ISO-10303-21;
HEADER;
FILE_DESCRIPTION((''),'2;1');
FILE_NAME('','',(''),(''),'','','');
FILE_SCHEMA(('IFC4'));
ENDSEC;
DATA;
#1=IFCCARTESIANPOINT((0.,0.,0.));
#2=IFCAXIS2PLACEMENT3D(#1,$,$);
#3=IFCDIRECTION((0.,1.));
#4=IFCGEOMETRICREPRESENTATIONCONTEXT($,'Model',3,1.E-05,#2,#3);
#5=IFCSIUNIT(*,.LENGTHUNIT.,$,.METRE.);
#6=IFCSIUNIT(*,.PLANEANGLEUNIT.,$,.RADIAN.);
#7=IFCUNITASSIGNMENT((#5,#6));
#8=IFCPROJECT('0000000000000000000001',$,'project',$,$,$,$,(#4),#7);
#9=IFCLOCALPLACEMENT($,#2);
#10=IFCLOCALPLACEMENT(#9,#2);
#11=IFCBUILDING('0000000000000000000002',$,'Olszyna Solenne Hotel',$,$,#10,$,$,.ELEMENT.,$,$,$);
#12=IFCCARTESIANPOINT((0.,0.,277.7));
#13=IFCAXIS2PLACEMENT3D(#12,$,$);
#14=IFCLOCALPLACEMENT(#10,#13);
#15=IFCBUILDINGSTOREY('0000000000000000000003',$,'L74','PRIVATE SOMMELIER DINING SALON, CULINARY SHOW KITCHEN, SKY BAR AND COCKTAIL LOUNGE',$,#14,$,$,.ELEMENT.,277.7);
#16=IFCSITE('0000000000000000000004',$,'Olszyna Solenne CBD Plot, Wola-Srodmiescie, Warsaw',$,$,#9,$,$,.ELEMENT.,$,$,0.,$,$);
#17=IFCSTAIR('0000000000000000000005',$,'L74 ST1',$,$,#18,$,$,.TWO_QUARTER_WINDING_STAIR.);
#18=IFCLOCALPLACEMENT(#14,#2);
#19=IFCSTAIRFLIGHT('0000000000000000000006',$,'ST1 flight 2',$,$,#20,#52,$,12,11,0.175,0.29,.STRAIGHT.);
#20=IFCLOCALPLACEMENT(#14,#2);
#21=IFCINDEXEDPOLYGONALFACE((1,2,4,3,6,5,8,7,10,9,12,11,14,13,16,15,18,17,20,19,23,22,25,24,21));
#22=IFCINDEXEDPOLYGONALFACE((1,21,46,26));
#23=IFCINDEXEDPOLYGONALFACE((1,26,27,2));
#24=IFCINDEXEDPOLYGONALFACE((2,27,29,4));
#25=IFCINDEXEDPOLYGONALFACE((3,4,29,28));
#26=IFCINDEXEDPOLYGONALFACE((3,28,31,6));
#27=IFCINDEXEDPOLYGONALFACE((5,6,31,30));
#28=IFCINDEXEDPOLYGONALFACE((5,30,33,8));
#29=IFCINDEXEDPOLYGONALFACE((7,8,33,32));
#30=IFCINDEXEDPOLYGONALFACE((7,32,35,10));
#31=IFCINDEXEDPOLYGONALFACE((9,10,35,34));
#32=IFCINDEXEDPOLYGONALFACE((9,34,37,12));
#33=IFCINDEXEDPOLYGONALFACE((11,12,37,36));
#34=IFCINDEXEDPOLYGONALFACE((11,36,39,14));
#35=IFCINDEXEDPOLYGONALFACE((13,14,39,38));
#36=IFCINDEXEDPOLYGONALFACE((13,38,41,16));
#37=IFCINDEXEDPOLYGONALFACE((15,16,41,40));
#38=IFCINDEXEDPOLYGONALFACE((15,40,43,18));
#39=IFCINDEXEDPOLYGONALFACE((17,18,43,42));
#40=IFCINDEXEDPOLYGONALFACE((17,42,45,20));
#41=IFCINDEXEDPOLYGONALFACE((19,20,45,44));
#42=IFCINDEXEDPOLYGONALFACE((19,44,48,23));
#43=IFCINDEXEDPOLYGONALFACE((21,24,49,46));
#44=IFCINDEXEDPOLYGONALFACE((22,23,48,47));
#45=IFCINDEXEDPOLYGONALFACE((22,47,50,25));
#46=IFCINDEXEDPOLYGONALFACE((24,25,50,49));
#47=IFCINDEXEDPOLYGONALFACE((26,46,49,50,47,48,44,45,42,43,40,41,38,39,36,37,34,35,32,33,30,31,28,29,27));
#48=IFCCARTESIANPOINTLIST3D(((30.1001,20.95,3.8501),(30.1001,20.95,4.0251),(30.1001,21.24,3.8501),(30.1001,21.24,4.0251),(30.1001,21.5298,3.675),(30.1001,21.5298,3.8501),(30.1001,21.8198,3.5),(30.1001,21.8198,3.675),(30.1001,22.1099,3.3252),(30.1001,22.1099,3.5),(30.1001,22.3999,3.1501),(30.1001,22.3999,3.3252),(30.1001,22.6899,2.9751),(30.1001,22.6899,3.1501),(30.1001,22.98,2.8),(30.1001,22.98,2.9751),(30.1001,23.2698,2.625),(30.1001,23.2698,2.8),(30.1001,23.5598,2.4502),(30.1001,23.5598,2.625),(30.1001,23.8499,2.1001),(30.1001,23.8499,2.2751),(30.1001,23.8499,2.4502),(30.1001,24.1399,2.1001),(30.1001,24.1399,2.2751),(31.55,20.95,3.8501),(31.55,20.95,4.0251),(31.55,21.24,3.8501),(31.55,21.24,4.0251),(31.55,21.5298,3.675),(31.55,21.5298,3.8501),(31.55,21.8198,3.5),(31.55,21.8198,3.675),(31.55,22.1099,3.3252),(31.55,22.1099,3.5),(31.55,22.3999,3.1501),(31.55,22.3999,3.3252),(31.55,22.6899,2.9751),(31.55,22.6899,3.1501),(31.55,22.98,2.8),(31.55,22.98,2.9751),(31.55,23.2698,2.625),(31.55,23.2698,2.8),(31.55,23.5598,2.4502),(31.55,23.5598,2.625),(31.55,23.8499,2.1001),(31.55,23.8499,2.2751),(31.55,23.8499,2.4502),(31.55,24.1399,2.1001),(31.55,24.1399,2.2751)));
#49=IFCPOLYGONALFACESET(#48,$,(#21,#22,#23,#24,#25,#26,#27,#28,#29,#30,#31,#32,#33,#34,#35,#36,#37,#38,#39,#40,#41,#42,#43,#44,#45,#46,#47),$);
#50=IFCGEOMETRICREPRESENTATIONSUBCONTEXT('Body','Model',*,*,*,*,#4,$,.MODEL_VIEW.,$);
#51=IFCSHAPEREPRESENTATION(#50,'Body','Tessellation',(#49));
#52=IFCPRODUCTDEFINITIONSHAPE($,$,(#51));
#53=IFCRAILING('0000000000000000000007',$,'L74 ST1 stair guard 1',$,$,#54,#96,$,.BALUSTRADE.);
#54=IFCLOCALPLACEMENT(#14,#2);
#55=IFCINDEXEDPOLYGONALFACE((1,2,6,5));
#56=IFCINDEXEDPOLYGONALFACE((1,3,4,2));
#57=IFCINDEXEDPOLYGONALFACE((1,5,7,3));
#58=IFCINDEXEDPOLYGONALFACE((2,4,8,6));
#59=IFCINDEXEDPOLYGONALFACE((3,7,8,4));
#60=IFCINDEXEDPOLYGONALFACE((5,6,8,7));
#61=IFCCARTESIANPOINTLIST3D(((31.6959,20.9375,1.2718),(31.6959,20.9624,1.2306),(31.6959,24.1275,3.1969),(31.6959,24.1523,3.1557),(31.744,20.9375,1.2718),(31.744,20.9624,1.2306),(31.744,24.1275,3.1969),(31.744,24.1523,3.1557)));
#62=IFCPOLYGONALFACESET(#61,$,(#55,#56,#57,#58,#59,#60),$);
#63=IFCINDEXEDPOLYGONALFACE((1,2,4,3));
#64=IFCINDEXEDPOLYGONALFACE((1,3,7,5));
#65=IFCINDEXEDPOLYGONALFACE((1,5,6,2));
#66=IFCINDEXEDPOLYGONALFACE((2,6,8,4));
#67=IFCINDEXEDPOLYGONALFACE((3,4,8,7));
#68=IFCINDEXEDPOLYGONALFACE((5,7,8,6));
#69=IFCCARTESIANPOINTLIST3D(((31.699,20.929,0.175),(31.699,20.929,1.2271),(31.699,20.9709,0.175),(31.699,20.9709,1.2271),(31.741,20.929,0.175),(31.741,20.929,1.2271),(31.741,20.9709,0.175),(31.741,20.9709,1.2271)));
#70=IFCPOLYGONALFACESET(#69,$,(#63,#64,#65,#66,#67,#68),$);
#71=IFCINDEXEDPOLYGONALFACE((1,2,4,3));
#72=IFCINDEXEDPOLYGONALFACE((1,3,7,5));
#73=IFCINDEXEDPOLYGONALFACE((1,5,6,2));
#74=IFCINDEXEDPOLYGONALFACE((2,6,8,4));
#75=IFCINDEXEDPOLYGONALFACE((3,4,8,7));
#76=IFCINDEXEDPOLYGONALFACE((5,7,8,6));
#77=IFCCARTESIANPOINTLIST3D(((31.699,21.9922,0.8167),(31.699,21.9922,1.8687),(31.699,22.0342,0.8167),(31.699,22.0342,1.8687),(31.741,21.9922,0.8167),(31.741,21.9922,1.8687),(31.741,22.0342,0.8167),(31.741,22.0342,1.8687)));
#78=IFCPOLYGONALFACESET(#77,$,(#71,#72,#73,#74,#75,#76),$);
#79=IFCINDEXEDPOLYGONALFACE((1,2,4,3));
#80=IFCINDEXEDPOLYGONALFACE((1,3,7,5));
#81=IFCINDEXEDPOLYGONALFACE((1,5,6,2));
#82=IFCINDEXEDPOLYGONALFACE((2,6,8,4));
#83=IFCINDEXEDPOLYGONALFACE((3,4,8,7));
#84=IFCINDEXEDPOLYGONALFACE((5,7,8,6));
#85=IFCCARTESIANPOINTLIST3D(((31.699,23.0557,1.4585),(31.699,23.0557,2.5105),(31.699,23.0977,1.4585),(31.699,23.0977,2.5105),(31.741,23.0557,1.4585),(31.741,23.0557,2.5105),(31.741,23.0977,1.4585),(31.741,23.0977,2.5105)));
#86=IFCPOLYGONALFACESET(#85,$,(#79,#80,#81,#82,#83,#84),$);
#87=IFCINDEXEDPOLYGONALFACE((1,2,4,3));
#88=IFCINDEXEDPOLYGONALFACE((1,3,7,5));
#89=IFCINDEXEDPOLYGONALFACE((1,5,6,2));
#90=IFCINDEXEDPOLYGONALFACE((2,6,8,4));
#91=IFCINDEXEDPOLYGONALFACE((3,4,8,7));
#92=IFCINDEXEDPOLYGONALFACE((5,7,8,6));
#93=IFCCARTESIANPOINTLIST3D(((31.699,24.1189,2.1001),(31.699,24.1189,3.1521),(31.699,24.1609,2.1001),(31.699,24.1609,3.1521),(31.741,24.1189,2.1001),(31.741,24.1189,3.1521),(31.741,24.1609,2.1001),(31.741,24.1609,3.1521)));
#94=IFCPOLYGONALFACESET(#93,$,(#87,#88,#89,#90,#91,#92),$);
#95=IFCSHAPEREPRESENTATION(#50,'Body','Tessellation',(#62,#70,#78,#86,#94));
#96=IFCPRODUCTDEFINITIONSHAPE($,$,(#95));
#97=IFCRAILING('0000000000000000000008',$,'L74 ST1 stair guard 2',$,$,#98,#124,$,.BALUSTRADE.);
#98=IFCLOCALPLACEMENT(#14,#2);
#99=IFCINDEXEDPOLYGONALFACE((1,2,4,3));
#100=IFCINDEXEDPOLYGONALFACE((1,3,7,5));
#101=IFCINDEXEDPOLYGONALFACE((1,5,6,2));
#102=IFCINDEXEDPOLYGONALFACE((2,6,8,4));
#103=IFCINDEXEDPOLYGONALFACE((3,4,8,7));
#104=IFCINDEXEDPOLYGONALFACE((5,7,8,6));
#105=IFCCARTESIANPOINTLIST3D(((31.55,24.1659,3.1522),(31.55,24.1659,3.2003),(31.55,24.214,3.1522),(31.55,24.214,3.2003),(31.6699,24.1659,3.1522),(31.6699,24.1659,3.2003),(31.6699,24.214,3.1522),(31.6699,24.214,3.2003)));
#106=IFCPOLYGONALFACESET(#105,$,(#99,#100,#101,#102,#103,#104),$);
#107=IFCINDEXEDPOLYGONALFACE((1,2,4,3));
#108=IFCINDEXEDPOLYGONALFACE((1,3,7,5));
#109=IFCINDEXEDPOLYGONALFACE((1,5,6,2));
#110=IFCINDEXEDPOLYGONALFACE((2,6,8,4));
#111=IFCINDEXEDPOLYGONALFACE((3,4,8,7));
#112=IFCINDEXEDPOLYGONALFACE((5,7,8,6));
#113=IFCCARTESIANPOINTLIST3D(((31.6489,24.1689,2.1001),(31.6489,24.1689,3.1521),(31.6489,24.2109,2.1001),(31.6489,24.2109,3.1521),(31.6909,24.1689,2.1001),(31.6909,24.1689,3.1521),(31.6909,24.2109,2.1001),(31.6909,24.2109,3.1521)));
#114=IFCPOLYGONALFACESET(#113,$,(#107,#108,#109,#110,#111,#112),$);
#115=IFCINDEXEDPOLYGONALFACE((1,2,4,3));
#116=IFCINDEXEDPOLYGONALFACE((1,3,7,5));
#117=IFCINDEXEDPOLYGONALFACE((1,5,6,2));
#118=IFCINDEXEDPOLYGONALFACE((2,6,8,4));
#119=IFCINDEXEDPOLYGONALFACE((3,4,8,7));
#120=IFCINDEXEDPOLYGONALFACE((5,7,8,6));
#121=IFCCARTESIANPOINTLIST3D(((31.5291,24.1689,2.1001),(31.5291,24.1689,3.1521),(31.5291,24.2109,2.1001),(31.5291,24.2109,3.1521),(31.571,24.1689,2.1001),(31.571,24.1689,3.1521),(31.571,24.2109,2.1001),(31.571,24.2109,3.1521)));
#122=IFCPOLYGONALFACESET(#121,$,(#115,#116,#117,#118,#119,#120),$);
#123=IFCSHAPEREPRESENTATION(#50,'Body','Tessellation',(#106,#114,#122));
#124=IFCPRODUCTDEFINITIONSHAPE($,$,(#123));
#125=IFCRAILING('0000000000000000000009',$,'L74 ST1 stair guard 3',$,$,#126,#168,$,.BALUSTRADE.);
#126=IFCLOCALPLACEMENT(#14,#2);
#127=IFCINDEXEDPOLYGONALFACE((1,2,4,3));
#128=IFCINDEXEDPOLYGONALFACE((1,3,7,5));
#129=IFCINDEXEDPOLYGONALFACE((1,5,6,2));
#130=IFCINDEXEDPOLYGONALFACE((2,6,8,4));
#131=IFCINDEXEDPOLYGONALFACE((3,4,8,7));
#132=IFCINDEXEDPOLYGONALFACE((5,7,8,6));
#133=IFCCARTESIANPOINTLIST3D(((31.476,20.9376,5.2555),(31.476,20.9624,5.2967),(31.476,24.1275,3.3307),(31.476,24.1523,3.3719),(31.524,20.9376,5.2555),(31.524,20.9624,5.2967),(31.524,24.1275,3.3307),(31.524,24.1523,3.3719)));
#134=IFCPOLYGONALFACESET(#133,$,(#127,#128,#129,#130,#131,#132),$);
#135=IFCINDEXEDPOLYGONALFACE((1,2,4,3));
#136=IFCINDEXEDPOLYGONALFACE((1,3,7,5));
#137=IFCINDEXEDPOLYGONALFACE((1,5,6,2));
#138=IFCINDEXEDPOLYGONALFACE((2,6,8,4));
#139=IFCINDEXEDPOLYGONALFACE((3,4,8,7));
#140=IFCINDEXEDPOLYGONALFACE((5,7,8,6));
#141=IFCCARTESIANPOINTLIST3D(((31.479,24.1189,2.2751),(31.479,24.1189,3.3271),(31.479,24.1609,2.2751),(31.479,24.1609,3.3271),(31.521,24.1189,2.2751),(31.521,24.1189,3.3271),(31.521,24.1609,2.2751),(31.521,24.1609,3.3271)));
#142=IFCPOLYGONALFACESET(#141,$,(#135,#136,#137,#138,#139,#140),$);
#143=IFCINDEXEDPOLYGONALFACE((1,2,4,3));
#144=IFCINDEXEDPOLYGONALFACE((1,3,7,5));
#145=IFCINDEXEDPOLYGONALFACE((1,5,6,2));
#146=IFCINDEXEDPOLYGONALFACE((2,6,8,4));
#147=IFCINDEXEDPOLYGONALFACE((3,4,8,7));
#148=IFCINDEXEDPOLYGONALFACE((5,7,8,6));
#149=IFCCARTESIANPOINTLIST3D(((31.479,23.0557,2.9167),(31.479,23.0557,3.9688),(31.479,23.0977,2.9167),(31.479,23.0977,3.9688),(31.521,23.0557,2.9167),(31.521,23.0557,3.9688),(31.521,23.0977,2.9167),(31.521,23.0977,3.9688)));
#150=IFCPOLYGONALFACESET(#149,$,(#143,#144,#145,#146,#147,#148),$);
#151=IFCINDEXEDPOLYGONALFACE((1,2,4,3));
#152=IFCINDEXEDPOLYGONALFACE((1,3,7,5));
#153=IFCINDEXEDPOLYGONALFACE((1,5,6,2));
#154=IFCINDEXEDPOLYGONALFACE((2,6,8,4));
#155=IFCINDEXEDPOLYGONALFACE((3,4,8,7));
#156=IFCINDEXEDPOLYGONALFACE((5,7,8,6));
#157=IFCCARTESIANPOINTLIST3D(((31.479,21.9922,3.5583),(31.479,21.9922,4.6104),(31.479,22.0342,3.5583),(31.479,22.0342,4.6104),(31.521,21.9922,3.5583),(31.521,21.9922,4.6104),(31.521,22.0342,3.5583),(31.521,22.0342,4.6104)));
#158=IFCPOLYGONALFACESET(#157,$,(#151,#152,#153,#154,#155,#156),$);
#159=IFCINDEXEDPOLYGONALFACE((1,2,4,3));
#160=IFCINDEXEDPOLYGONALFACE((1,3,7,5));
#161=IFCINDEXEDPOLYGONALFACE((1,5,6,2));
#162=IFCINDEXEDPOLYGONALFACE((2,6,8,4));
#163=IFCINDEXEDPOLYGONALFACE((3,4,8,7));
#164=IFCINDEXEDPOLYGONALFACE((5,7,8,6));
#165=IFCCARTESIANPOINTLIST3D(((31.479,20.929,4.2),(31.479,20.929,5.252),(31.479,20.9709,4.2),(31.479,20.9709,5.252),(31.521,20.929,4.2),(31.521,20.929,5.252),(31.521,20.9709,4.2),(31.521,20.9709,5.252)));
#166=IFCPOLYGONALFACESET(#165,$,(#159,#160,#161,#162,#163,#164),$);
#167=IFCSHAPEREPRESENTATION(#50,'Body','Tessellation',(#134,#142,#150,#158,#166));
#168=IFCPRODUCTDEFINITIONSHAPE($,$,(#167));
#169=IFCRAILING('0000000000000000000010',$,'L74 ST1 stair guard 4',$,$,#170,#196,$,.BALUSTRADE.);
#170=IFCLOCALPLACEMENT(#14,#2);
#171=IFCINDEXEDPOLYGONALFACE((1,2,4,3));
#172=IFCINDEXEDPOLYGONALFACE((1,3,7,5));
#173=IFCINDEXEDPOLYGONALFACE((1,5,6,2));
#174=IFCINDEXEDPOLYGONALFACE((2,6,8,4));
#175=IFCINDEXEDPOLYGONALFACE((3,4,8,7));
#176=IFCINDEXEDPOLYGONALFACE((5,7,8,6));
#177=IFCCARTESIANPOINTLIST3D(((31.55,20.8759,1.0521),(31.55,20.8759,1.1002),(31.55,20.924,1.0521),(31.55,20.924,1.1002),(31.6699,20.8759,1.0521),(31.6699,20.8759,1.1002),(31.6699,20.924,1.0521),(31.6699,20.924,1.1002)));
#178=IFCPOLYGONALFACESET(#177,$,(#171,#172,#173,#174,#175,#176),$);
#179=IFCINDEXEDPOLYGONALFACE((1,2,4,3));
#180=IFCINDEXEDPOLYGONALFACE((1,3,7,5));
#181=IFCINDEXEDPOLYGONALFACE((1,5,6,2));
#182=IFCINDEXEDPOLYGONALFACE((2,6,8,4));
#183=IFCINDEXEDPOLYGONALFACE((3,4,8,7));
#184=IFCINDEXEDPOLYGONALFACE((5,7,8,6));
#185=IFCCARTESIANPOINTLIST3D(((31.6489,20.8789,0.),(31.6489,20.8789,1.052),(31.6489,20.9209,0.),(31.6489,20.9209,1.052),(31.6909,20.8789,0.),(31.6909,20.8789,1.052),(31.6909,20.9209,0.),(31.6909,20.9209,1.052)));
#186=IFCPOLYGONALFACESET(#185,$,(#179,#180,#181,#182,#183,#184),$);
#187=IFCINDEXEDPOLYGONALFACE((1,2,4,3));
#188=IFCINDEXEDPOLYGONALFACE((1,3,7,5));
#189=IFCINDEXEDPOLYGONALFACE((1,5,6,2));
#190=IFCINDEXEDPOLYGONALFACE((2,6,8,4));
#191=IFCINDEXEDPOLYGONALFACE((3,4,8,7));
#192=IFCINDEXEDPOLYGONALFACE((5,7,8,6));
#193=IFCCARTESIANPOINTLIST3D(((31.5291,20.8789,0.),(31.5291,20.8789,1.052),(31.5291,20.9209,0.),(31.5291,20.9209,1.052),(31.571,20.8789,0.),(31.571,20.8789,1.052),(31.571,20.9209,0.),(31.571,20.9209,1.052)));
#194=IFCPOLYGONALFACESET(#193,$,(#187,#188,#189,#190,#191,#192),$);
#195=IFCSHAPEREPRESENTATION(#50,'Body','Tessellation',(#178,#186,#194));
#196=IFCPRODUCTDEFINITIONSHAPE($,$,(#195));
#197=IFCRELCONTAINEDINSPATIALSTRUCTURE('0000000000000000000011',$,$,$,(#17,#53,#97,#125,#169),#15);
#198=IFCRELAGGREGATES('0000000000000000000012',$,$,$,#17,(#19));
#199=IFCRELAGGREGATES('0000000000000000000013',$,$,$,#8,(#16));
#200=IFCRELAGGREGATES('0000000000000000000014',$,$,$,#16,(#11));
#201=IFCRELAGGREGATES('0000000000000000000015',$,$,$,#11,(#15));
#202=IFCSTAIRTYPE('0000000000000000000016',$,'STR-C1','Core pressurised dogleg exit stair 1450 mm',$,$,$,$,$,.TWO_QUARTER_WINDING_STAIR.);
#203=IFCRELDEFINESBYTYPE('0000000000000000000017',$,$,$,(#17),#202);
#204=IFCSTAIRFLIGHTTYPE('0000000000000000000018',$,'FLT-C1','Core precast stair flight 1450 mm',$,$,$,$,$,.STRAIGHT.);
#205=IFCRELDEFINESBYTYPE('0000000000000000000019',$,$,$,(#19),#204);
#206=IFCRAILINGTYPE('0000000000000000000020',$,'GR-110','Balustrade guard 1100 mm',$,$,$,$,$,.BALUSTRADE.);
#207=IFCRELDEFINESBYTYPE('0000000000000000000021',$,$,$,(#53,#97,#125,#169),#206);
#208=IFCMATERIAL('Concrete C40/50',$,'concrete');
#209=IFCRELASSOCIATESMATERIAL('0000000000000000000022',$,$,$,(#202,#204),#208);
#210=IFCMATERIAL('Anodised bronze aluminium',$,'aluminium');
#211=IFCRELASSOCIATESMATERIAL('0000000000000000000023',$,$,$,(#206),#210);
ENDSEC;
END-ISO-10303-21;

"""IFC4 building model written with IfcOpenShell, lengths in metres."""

from ifc_helpers import new_model, si_unit, direction, frame, origin, origin_2d, place, context, subcontext, project, spatial, polyline, rectangle, outline, extrude, material, type_object, element, aggregate, save


model = new_model("IFC4")

# Units and contexts
model_context = context("Model", 3, precision=1e-05, world=origin(), true_north=direction((0.0, 1.0)))
body_context = subcontext(model_context, "Body", "Model", "MODEL_VIEW")
ifc_project = project(units=[si_unit("LENGTHUNIT", "METRE"), si_unit("PLANEANGLEUNIT", "RADIAN")], contexts=[model_context])

# Site, building, storey
site_placement = place(None, origin())
site = spatial("IfcSite", under=ifc_project, at=site_placement, Name="Olszyna Solenne CBD Plot, Wola-Srodmiescie, Warsaw", CompositionType="ELEMENT", RefElevation=0.0)
building_placement = place(site_placement, origin())
building = spatial("IfcBuilding", under=site, at=building_placement, Name="Olszyna Solenne Hotel", CompositionType="ELEMENT")
storey_placement = place(building_placement, frame((0.0, 0.0, 277.7)))
storey = spatial("IfcBuildingStorey", under=building, at=storey_placement, Name="L74", Description="PRIVATE SOMMELIER DINING SALON, CULINARY SHOW KITCHEN, SKY BAR AND COCKTAIL LOUNGE", CompositionType="ELEMENT", Elevation=277.7)

# Stair, stair flight
ifc_material_1 = material(Name="Concrete C40/50", Category="concrete")
stair_type = type_object("IfcStairType", Name="STR-C1", Description="Core pressurised dogleg exit stair 1450 mm", PredefinedType="TWO_QUARTER_WINDING_STAIR", material=ifc_material_1)
stair_placement = place(storey_placement, origin())
stair = element("IfcStair", 1, at=stair_placement, inside=storey, type_object=stair_type, Name="L74 ST1", PredefinedType="TWO_QUARTER_WINDING_STAIR")
stair_flight_type = type_object("IfcStairFlightType", Name="FLT-C1", Description="Core precast stair flight 1450 mm", PredefinedType="STRAIGHT", material=ifc_material_1)
stair_flight_1_placement = place(storey_placement, frame((30.825, 24.1399, 2.1001), z_axis=(0.0, 0.0, 1.0), x_axis=(0.0, -1.0, 0.0)))
stair_flight_1 = element("IfcStairFlight", 2, at=stair_flight_1_placement, type_object=stair_flight_type, Name="ST1 flight 2", NumberOfRisers=12, NumberOfTreads=11, PredefinedType="STRAIGHT", RiserHeight=0.175, TreadLength=0.29, context=body_context, shape_type="SweptSolid", body=[
    extrude(outline(polyline([(0.0, 0.0), (0.0, 0.175), (0.29, 0.175), (0.29, 0.3501), (0.5801, 0.3501), (0.5801, 0.5249), (0.8701, 0.5249), (0.8701, 0.7), (1.1599, 0.7), (1.1599, 0.875), (1.45, 0.875), (1.45, 1.05), (1.74, 1.05), (1.74, 1.2251), (2.03, 1.2251), (2.03, 1.3999), (2.3201, 1.3999), (2.3201, 1.575), (2.6101, 1.575), (2.6101, 1.75), (2.8999, 1.75), (2.8999, 1.925), (3.1899, 1.925), (3.1899, 2.1001), (3.1899, 1.75), (0.29, 0.0), (0.0, 0.0)])), frame((0.0, 0.7251, 0.0), z_axis=(0.0, -1.0, 0.0), x_axis=(1.0, 0.0, 0.0)), (0.0, 0.0, 1.0), 1.45),
])
aggregate(stair, [stair_flight_1])

# Railings
ifc_material_2 = material(Name="Anodised bronze aluminium", Category="aluminium")
railing_type_1 = type_object("IfcRailingType", Name="GR-110", Description="Balustrade guard 1100 mm", PredefinedType="BALUSTRADE", material=ifc_material_2)
railing_1_placement = place(storey_placement, frame((31.72, 20.95, 0.175)))
element("IfcRailing", 3, at=railing_1_placement, inside=storey, type_object=railing_type_1, Name="L74 ST1 stair guard 1", PredefinedType="BALUSTRADE", context=body_context, shape_type="SweptSolid", body=[
    extrude(rectangle(XDim=0.0481, YDim=0.0481, at=origin_2d()), frame((0.0, 0.0, 1.0762), z_axis=(0.0, 0.856178, 0.516682), x_axis=(-1.0, 0.0, 0.0)), (0.0, 0.0, 1.0), 3.7258),
    extrude(rectangle(XDim=0.042, YDim=0.042, at=origin_2d()), origin(), (0.0, 0.0, 1.0), 1.052),
    extrude(rectangle(XDim=0.042, YDim=0.042, at=origin_2d()), frame((0.0, 1.0632, 0.6416)), (0.0, 0.0, 1.0), 1.052),
    extrude(rectangle(XDim=0.042, YDim=0.042, at=origin_2d()), frame((0.0, 2.1267, 1.2834)), (0.0, 0.0, 1.0), 1.052),
    extrude(rectangle(XDim=0.042, YDim=0.042, at=origin_2d()), frame((0.0, 3.1899, 1.925)), (0.0, 0.0, 1.0), 1.052),
])
railing_2_placement = place(storey_placement, frame((31.6699, 24.1899, 2.1001)))
element("IfcRailing", 4, at=railing_2_placement, inside=storey, type_object=railing_type_1, Name="L74 ST1 stair guard 2", PredefinedType="BALUSTRADE", context=body_context, shape_type="SweptSolid", body=[
    extrude(rectangle(XDim=0.0481, YDim=0.0481, at=origin_2d()), frame((0.0, 0.0, 1.0762), z_axis=(-1.0, 0.0, 0.0), x_axis=(0.0, -1.0, 0.0)), (0.0, 0.0, 1.0), 0.1199),
    extrude(rectangle(XDim=0.042, YDim=0.042, at=origin_2d()), origin(), (0.0, 0.0, 1.0), 1.052),
    extrude(rectangle(XDim=0.042, YDim=0.042, at=origin_2d()), frame((-0.1199, 0.0, 0.0)), (0.0, 0.0, 1.0), 1.052),
])
railing_3_placement = place(storey_placement, frame((31.5, 24.1399, 2.2751)))
element("IfcRailing", 5, at=railing_3_placement, inside=storey, type_object=railing_type_1, Name="L74 ST1 stair guard 3", PredefinedType="BALUSTRADE", context=body_context, shape_type="SweptSolid", body=[
    extrude(rectangle(XDim=0.0481, YDim=0.0481, at=origin_2d()), frame((0.0, 0.0, 1.0762), z_axis=(0.0, -0.856207, 0.516633), x_axis=(1.0, 0.0, 0.0)), (0.0, 0.0, 1.0), 3.7256),
    extrude(rectangle(XDim=0.042, YDim=0.042, at=origin_2d()), origin(), (0.0, 0.0, 1.0), 1.052),
    extrude(rectangle(XDim=0.042, YDim=0.042, at=origin_2d()), frame((0.0, -1.0632, 0.6416)), (0.0, 0.0, 1.0), 1.052),
    extrude(rectangle(XDim=0.042, YDim=0.042, at=origin_2d()), frame((0.0, -2.1267, 1.2832)), (0.0, 0.0, 1.0), 1.052),
    extrude(rectangle(XDim=0.042, YDim=0.042, at=origin_2d()), frame((0.0, -3.1899, 1.9248)), (0.0, 0.0, 1.0), 1.052),
])
railing_4_placement = place(storey_placement, frame((31.6699, 20.8999, 0.0)))
element("IfcRailing", 6, at=railing_4_placement, inside=storey, type_object=railing_type_1, Name="L74 ST1 stair guard 4", PredefinedType="BALUSTRADE", context=body_context, shape_type="SweptSolid", body=[
    extrude(rectangle(XDim=0.0481, YDim=0.0481, at=origin_2d()), frame((0.0, 0.0, 1.0762), z_axis=(-1.0, 0.0, 0.0), x_axis=(0.0, -1.0, 0.0)), (0.0, 0.0, 1.0), 0.1199),
    extrude(rectangle(XDim=0.042, YDim=0.042, at=origin_2d()), origin(), (0.0, 0.0, 1.0), 1.052),
    extrude(rectangle(XDim=0.042, YDim=0.042, at=origin_2d()), frame((-0.1199, 0.0, 0.0)), (0.0, 0.0, 1.0), 1.052),
])

save(model, "model.ifc")
